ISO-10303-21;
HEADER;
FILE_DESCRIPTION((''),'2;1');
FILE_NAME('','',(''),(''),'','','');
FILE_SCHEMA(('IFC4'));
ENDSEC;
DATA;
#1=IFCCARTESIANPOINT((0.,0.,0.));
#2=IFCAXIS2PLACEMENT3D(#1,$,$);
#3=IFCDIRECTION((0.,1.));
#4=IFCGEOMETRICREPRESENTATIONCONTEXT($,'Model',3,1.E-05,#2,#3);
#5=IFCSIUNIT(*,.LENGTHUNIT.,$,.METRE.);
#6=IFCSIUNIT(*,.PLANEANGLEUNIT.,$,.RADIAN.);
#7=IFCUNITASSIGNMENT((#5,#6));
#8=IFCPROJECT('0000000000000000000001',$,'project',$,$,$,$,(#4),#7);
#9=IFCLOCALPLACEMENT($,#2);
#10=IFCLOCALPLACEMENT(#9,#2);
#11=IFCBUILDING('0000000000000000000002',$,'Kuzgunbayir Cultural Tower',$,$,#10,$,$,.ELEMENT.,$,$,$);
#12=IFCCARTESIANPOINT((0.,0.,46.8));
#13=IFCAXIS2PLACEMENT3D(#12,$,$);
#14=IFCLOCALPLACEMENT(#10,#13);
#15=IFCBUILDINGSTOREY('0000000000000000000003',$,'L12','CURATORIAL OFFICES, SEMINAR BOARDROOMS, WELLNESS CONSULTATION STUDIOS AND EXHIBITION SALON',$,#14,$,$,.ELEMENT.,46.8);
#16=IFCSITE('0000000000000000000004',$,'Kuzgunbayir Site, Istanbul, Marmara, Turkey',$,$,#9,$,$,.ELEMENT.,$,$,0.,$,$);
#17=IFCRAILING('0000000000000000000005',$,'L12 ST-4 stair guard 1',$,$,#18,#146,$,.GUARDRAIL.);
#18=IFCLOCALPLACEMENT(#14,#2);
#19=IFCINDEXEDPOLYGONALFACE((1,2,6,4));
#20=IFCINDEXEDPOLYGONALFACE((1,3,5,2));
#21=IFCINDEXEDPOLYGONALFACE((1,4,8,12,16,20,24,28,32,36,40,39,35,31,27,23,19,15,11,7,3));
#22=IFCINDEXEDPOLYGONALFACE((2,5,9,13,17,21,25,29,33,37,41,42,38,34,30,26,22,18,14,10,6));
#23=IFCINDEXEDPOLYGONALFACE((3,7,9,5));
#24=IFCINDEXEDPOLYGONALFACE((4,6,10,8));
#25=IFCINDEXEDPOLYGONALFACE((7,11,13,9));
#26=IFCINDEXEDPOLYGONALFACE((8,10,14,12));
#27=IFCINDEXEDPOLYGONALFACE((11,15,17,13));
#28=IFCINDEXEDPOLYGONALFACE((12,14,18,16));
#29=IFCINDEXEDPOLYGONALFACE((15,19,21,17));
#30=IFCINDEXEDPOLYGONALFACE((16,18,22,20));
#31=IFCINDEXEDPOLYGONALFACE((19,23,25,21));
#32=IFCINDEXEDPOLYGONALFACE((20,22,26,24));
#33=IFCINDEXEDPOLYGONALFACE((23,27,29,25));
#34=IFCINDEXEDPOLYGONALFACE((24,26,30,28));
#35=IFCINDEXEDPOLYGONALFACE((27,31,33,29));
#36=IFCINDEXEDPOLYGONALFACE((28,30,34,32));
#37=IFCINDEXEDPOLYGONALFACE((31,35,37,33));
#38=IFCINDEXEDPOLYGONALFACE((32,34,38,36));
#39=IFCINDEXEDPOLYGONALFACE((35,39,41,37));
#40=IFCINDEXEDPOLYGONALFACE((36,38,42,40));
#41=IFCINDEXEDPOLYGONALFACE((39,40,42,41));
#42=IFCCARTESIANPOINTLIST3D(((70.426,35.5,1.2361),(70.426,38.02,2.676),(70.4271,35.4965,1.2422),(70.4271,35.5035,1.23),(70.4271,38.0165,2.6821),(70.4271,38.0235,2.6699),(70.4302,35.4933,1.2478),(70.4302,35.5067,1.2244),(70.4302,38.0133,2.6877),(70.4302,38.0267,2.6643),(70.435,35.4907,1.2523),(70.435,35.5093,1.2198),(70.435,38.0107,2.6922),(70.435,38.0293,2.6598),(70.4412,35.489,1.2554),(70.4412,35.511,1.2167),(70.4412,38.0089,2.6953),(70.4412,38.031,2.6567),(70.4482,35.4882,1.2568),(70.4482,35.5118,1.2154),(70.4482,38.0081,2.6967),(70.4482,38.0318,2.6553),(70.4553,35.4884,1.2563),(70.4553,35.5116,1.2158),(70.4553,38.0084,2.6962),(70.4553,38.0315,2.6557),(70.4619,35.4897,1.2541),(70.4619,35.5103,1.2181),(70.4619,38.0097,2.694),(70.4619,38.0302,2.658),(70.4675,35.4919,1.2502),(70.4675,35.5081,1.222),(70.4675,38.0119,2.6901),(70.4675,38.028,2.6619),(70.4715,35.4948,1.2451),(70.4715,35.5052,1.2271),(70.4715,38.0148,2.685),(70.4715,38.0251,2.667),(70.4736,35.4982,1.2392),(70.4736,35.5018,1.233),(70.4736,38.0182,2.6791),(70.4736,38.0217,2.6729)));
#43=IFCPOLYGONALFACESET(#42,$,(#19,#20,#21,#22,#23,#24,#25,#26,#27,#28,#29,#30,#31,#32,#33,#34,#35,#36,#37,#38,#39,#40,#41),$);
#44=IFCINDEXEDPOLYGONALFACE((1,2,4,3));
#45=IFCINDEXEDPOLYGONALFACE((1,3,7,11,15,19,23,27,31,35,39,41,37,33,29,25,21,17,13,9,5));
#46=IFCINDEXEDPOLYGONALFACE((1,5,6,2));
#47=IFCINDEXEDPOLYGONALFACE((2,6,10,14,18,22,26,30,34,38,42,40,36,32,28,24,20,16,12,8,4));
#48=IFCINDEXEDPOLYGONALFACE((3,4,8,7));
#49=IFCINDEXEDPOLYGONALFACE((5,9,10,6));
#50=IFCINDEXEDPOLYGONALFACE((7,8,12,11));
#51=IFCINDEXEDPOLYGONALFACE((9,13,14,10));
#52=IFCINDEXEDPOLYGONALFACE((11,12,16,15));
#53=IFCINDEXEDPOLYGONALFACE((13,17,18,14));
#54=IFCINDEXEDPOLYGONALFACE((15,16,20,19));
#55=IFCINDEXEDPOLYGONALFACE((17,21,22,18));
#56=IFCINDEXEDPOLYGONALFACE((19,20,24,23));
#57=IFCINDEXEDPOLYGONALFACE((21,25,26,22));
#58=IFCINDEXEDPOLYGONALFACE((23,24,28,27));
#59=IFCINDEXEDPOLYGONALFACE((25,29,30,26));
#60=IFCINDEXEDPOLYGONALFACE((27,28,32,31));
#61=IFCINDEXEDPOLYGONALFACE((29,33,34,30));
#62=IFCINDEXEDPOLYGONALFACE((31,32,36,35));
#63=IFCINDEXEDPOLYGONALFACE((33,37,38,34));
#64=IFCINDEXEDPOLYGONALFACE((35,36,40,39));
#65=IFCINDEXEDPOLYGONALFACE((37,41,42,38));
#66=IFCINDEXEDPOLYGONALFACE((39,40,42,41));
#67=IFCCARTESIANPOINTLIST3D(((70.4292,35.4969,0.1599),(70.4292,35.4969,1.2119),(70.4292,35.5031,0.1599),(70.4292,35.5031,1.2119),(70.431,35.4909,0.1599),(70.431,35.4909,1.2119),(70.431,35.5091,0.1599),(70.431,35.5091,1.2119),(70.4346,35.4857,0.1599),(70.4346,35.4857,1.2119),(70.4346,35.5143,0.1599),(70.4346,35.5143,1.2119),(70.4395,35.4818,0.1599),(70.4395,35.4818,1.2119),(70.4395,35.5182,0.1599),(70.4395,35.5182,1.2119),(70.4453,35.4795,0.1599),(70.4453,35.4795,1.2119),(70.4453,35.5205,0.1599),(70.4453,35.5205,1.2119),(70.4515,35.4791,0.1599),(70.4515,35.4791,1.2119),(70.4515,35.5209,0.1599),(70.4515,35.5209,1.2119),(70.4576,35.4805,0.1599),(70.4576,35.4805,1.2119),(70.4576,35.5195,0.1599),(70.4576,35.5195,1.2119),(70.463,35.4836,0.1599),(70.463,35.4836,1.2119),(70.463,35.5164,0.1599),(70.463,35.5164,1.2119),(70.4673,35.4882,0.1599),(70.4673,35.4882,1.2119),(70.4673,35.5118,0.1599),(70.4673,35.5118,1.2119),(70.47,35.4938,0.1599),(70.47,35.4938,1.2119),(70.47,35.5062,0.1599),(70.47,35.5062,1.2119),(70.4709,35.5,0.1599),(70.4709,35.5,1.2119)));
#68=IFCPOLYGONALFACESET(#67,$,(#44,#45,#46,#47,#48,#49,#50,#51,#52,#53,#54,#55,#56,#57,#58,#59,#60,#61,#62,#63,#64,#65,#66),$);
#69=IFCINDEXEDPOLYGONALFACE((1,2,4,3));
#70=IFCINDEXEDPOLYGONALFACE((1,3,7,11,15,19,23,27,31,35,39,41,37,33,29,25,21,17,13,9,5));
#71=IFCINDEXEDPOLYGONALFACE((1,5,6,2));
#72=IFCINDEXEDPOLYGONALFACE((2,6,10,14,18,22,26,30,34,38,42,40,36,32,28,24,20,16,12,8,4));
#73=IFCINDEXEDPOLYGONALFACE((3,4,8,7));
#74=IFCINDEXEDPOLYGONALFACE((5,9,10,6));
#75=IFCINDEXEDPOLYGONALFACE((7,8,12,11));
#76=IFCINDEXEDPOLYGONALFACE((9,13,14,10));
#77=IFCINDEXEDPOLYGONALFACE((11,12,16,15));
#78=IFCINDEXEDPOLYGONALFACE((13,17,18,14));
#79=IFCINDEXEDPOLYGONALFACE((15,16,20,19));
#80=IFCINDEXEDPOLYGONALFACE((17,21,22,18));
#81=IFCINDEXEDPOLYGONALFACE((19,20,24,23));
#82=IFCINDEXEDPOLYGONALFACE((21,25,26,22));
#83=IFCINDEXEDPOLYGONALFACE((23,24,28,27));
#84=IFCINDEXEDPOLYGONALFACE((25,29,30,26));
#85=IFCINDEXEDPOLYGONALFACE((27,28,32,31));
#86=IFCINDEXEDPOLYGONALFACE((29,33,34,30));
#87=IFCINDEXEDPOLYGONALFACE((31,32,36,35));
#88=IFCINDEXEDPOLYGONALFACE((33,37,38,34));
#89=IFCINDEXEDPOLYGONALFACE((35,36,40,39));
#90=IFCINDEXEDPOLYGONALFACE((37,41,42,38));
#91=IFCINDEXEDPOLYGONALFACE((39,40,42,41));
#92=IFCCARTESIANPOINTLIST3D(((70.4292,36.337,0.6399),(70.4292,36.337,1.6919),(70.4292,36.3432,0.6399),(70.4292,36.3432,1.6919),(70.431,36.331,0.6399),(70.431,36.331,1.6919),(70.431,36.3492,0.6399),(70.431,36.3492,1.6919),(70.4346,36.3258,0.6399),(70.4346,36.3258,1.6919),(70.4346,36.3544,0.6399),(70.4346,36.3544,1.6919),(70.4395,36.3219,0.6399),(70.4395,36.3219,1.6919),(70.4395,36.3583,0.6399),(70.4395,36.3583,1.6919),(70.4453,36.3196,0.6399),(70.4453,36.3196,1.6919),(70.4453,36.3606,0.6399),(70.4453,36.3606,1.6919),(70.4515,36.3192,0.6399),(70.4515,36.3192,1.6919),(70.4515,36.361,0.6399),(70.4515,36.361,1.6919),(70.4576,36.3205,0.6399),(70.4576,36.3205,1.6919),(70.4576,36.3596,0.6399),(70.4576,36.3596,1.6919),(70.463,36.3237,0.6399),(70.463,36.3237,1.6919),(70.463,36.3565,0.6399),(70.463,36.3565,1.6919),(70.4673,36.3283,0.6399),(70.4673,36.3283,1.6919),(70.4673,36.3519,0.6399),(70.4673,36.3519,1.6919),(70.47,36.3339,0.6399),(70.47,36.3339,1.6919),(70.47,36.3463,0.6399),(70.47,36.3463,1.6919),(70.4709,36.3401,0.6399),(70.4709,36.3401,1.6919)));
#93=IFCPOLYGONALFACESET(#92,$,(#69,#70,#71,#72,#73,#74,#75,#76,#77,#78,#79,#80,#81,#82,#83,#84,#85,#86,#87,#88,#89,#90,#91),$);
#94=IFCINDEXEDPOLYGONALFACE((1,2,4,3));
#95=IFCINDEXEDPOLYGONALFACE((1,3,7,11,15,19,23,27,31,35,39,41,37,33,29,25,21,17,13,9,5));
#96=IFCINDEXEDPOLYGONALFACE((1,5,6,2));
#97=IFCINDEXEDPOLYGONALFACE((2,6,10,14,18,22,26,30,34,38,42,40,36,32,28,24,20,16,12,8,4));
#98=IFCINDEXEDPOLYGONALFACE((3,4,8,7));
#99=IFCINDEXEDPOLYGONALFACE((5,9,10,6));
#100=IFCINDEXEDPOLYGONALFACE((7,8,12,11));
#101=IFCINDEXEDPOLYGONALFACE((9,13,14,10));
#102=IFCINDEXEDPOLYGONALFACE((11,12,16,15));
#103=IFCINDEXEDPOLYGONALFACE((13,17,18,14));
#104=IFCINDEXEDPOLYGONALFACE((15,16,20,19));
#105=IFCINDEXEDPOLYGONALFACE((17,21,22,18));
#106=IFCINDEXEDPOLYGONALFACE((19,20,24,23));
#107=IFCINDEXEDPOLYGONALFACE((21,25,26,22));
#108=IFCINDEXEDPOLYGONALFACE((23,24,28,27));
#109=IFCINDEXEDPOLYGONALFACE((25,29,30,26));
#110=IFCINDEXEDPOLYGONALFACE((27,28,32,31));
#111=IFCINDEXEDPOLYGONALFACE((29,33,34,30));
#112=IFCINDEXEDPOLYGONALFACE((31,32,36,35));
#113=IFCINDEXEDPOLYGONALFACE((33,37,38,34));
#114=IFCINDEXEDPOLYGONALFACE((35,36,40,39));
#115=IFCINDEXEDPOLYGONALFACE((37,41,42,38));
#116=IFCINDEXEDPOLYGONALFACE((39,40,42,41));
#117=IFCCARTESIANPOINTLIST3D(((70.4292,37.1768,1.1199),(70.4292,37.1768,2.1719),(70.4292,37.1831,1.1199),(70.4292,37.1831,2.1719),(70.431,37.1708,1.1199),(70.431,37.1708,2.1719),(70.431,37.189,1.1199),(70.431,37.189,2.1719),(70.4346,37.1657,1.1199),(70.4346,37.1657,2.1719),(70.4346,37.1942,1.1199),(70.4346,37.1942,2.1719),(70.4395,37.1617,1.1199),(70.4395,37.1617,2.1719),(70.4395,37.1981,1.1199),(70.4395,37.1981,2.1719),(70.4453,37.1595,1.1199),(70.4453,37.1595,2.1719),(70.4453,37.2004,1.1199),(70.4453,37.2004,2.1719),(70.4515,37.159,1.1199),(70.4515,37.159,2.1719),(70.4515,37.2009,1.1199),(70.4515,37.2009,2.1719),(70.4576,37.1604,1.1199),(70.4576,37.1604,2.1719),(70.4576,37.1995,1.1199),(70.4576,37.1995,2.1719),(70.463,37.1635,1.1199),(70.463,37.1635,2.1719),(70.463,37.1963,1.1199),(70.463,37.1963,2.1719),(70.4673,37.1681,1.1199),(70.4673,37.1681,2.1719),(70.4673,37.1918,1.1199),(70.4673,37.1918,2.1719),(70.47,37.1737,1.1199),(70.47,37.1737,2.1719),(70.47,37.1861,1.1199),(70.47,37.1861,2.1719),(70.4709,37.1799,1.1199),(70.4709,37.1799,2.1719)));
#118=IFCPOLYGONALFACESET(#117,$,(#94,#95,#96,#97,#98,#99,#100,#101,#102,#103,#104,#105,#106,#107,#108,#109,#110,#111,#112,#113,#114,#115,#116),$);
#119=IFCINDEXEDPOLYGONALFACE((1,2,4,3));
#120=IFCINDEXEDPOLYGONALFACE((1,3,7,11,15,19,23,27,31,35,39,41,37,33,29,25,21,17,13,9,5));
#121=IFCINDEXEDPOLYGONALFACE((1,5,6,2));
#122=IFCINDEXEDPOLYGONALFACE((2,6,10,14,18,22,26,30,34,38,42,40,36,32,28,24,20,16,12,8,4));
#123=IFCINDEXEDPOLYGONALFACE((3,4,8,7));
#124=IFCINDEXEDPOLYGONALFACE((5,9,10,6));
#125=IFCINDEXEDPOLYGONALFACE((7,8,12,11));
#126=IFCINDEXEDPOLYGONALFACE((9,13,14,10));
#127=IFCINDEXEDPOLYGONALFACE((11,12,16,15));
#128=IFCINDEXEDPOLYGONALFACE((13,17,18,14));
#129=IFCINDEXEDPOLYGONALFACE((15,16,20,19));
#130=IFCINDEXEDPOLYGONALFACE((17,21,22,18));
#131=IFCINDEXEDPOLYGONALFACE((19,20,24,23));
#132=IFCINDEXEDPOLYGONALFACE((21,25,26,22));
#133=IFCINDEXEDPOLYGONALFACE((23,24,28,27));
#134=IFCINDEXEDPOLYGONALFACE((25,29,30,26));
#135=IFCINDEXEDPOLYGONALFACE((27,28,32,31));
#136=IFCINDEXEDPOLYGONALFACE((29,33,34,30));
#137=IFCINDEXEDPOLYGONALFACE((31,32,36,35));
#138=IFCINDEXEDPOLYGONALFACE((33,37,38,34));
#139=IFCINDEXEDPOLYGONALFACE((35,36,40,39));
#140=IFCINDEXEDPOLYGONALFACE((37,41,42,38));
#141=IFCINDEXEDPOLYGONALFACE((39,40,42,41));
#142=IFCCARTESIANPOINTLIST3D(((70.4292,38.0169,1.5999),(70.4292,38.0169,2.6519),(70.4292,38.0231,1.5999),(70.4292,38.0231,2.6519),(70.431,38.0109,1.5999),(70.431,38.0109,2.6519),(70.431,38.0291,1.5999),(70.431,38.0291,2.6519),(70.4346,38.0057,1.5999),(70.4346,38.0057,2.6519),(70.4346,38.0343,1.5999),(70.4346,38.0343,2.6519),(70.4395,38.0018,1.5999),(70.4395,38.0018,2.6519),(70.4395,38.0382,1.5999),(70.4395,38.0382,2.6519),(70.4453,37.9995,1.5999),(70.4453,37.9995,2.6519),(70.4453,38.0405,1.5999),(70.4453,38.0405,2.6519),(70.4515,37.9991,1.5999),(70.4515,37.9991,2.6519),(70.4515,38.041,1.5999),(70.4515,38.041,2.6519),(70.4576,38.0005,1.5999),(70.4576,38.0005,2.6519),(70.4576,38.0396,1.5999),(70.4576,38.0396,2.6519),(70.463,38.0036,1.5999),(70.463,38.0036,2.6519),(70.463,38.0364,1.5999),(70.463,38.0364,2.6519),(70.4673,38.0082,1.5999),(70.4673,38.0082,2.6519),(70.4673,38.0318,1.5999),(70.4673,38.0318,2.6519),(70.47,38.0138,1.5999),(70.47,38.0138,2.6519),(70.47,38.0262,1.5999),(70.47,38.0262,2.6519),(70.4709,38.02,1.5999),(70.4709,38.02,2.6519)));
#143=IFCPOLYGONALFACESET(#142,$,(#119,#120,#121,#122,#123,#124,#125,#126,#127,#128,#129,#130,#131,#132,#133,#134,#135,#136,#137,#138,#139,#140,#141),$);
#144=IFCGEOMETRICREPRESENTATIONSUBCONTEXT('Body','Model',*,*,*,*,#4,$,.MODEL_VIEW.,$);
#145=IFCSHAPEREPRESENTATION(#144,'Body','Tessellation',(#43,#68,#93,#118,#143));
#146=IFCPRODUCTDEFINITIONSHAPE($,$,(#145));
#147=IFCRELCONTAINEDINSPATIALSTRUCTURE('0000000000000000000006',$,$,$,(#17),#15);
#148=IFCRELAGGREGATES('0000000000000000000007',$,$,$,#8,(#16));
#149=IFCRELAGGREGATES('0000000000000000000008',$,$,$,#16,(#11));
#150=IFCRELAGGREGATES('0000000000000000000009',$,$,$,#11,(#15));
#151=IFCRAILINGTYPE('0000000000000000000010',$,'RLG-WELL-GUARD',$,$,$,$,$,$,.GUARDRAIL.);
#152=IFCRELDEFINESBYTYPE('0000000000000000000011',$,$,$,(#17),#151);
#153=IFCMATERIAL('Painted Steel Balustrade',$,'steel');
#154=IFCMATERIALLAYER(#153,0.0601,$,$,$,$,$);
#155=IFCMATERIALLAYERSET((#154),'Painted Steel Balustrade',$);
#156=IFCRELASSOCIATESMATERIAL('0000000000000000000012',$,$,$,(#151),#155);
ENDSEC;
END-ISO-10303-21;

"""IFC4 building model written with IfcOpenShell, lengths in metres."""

from ifc_helpers import new_model, si_unit, direction, frame, origin, origin_2d, place, context, subcontext, project, spatial, circle, extrude, material, layer, layer_set, type_object, element, save


model = new_model("IFC4")

# Units and contexts
model_context = context("Model", 3, precision=1e-05, world=origin(), true_north=direction((0.0, 1.0)))
body_context = subcontext(model_context, "Body", "Model", "MODEL_VIEW")
ifc_project = project(units=[si_unit("LENGTHUNIT", "METRE"), si_unit("PLANEANGLEUNIT", "RADIAN")], contexts=[model_context])

# Site, building, storey
site_placement = place(None, origin())
site = spatial("IfcSite", under=ifc_project, at=site_placement, Name="Kuzgunbayir Site, Istanbul, Marmara, Turkey", CompositionType="ELEMENT", RefElevation=0.0)
building_placement = place(site_placement, origin())
building = spatial("IfcBuilding", under=site, at=building_placement, Name="Kuzgunbayir Cultural Tower", CompositionType="ELEMENT")
storey_placement = place(building_placement, frame((0.0, 0.0, 46.8)))
storey = spatial("IfcBuildingStorey", under=building, at=storey_placement, Name="L12", Description="CURATORIAL OFFICES, SEMINAR BOARDROOMS, WELLNESS CONSULTATION STUDIOS AND EXHIBITION SALON", CompositionType="ELEMENT", Elevation=46.8)

# Railing
ifc_material_1 = material(Name="Painted Steel Balustrade", Category="steel")
ifc_layer_1 = layer(ifc_material_1, 0.0601)
ifc_layer_set_1 = layer_set([ifc_layer_1], Name="Painted Steel Balustrade")
railing_type = type_object("IfcRailingType", Name="RLG-WELL-GUARD", PredefinedType="GUARDRAIL", material=ifc_layer_set_1)
railing_1_placement = place(storey_placement, frame((70.45, 35.5, 0.1599)))
element("IfcRailing", 1, at=railing_1_placement, inside=storey, type_object=railing_type, Name="L12 ST-4 stair guard 1", PredefinedType="GUARDRAIL", context=body_context, shape_type="SweptSolid", body=[
    extrude(circle(Radius=0.0239, at=origin_2d()), frame((0.0, 0.0, 1.0762), z_axis=(0.0, 0.868253, 0.496121), x_axis=(-1.0, 0.0, 0.0)), (0.0, 0.0, 1.0), 2.9023),
    extrude(circle(Radius=0.021, at=origin_2d()), origin(), (0.0, 0.0, 1.0), 1.052),
    extrude(circle(Radius=0.021, at=origin_2d()), frame((0.0, 0.8401, 0.48)), (0.0, 0.0, 1.0), 1.052),
    extrude(circle(Radius=0.021, at=origin_2d()), frame((0.0, 1.6799, 0.96)), (0.0, 0.0, 1.0), 1.052),
    extrude(circle(Radius=0.021, at=origin_2d()), frame((0.0, 2.52, 1.4399)), (0.0, 0.0, 1.0), 1.052),
])

save(model, "model.ifc")
